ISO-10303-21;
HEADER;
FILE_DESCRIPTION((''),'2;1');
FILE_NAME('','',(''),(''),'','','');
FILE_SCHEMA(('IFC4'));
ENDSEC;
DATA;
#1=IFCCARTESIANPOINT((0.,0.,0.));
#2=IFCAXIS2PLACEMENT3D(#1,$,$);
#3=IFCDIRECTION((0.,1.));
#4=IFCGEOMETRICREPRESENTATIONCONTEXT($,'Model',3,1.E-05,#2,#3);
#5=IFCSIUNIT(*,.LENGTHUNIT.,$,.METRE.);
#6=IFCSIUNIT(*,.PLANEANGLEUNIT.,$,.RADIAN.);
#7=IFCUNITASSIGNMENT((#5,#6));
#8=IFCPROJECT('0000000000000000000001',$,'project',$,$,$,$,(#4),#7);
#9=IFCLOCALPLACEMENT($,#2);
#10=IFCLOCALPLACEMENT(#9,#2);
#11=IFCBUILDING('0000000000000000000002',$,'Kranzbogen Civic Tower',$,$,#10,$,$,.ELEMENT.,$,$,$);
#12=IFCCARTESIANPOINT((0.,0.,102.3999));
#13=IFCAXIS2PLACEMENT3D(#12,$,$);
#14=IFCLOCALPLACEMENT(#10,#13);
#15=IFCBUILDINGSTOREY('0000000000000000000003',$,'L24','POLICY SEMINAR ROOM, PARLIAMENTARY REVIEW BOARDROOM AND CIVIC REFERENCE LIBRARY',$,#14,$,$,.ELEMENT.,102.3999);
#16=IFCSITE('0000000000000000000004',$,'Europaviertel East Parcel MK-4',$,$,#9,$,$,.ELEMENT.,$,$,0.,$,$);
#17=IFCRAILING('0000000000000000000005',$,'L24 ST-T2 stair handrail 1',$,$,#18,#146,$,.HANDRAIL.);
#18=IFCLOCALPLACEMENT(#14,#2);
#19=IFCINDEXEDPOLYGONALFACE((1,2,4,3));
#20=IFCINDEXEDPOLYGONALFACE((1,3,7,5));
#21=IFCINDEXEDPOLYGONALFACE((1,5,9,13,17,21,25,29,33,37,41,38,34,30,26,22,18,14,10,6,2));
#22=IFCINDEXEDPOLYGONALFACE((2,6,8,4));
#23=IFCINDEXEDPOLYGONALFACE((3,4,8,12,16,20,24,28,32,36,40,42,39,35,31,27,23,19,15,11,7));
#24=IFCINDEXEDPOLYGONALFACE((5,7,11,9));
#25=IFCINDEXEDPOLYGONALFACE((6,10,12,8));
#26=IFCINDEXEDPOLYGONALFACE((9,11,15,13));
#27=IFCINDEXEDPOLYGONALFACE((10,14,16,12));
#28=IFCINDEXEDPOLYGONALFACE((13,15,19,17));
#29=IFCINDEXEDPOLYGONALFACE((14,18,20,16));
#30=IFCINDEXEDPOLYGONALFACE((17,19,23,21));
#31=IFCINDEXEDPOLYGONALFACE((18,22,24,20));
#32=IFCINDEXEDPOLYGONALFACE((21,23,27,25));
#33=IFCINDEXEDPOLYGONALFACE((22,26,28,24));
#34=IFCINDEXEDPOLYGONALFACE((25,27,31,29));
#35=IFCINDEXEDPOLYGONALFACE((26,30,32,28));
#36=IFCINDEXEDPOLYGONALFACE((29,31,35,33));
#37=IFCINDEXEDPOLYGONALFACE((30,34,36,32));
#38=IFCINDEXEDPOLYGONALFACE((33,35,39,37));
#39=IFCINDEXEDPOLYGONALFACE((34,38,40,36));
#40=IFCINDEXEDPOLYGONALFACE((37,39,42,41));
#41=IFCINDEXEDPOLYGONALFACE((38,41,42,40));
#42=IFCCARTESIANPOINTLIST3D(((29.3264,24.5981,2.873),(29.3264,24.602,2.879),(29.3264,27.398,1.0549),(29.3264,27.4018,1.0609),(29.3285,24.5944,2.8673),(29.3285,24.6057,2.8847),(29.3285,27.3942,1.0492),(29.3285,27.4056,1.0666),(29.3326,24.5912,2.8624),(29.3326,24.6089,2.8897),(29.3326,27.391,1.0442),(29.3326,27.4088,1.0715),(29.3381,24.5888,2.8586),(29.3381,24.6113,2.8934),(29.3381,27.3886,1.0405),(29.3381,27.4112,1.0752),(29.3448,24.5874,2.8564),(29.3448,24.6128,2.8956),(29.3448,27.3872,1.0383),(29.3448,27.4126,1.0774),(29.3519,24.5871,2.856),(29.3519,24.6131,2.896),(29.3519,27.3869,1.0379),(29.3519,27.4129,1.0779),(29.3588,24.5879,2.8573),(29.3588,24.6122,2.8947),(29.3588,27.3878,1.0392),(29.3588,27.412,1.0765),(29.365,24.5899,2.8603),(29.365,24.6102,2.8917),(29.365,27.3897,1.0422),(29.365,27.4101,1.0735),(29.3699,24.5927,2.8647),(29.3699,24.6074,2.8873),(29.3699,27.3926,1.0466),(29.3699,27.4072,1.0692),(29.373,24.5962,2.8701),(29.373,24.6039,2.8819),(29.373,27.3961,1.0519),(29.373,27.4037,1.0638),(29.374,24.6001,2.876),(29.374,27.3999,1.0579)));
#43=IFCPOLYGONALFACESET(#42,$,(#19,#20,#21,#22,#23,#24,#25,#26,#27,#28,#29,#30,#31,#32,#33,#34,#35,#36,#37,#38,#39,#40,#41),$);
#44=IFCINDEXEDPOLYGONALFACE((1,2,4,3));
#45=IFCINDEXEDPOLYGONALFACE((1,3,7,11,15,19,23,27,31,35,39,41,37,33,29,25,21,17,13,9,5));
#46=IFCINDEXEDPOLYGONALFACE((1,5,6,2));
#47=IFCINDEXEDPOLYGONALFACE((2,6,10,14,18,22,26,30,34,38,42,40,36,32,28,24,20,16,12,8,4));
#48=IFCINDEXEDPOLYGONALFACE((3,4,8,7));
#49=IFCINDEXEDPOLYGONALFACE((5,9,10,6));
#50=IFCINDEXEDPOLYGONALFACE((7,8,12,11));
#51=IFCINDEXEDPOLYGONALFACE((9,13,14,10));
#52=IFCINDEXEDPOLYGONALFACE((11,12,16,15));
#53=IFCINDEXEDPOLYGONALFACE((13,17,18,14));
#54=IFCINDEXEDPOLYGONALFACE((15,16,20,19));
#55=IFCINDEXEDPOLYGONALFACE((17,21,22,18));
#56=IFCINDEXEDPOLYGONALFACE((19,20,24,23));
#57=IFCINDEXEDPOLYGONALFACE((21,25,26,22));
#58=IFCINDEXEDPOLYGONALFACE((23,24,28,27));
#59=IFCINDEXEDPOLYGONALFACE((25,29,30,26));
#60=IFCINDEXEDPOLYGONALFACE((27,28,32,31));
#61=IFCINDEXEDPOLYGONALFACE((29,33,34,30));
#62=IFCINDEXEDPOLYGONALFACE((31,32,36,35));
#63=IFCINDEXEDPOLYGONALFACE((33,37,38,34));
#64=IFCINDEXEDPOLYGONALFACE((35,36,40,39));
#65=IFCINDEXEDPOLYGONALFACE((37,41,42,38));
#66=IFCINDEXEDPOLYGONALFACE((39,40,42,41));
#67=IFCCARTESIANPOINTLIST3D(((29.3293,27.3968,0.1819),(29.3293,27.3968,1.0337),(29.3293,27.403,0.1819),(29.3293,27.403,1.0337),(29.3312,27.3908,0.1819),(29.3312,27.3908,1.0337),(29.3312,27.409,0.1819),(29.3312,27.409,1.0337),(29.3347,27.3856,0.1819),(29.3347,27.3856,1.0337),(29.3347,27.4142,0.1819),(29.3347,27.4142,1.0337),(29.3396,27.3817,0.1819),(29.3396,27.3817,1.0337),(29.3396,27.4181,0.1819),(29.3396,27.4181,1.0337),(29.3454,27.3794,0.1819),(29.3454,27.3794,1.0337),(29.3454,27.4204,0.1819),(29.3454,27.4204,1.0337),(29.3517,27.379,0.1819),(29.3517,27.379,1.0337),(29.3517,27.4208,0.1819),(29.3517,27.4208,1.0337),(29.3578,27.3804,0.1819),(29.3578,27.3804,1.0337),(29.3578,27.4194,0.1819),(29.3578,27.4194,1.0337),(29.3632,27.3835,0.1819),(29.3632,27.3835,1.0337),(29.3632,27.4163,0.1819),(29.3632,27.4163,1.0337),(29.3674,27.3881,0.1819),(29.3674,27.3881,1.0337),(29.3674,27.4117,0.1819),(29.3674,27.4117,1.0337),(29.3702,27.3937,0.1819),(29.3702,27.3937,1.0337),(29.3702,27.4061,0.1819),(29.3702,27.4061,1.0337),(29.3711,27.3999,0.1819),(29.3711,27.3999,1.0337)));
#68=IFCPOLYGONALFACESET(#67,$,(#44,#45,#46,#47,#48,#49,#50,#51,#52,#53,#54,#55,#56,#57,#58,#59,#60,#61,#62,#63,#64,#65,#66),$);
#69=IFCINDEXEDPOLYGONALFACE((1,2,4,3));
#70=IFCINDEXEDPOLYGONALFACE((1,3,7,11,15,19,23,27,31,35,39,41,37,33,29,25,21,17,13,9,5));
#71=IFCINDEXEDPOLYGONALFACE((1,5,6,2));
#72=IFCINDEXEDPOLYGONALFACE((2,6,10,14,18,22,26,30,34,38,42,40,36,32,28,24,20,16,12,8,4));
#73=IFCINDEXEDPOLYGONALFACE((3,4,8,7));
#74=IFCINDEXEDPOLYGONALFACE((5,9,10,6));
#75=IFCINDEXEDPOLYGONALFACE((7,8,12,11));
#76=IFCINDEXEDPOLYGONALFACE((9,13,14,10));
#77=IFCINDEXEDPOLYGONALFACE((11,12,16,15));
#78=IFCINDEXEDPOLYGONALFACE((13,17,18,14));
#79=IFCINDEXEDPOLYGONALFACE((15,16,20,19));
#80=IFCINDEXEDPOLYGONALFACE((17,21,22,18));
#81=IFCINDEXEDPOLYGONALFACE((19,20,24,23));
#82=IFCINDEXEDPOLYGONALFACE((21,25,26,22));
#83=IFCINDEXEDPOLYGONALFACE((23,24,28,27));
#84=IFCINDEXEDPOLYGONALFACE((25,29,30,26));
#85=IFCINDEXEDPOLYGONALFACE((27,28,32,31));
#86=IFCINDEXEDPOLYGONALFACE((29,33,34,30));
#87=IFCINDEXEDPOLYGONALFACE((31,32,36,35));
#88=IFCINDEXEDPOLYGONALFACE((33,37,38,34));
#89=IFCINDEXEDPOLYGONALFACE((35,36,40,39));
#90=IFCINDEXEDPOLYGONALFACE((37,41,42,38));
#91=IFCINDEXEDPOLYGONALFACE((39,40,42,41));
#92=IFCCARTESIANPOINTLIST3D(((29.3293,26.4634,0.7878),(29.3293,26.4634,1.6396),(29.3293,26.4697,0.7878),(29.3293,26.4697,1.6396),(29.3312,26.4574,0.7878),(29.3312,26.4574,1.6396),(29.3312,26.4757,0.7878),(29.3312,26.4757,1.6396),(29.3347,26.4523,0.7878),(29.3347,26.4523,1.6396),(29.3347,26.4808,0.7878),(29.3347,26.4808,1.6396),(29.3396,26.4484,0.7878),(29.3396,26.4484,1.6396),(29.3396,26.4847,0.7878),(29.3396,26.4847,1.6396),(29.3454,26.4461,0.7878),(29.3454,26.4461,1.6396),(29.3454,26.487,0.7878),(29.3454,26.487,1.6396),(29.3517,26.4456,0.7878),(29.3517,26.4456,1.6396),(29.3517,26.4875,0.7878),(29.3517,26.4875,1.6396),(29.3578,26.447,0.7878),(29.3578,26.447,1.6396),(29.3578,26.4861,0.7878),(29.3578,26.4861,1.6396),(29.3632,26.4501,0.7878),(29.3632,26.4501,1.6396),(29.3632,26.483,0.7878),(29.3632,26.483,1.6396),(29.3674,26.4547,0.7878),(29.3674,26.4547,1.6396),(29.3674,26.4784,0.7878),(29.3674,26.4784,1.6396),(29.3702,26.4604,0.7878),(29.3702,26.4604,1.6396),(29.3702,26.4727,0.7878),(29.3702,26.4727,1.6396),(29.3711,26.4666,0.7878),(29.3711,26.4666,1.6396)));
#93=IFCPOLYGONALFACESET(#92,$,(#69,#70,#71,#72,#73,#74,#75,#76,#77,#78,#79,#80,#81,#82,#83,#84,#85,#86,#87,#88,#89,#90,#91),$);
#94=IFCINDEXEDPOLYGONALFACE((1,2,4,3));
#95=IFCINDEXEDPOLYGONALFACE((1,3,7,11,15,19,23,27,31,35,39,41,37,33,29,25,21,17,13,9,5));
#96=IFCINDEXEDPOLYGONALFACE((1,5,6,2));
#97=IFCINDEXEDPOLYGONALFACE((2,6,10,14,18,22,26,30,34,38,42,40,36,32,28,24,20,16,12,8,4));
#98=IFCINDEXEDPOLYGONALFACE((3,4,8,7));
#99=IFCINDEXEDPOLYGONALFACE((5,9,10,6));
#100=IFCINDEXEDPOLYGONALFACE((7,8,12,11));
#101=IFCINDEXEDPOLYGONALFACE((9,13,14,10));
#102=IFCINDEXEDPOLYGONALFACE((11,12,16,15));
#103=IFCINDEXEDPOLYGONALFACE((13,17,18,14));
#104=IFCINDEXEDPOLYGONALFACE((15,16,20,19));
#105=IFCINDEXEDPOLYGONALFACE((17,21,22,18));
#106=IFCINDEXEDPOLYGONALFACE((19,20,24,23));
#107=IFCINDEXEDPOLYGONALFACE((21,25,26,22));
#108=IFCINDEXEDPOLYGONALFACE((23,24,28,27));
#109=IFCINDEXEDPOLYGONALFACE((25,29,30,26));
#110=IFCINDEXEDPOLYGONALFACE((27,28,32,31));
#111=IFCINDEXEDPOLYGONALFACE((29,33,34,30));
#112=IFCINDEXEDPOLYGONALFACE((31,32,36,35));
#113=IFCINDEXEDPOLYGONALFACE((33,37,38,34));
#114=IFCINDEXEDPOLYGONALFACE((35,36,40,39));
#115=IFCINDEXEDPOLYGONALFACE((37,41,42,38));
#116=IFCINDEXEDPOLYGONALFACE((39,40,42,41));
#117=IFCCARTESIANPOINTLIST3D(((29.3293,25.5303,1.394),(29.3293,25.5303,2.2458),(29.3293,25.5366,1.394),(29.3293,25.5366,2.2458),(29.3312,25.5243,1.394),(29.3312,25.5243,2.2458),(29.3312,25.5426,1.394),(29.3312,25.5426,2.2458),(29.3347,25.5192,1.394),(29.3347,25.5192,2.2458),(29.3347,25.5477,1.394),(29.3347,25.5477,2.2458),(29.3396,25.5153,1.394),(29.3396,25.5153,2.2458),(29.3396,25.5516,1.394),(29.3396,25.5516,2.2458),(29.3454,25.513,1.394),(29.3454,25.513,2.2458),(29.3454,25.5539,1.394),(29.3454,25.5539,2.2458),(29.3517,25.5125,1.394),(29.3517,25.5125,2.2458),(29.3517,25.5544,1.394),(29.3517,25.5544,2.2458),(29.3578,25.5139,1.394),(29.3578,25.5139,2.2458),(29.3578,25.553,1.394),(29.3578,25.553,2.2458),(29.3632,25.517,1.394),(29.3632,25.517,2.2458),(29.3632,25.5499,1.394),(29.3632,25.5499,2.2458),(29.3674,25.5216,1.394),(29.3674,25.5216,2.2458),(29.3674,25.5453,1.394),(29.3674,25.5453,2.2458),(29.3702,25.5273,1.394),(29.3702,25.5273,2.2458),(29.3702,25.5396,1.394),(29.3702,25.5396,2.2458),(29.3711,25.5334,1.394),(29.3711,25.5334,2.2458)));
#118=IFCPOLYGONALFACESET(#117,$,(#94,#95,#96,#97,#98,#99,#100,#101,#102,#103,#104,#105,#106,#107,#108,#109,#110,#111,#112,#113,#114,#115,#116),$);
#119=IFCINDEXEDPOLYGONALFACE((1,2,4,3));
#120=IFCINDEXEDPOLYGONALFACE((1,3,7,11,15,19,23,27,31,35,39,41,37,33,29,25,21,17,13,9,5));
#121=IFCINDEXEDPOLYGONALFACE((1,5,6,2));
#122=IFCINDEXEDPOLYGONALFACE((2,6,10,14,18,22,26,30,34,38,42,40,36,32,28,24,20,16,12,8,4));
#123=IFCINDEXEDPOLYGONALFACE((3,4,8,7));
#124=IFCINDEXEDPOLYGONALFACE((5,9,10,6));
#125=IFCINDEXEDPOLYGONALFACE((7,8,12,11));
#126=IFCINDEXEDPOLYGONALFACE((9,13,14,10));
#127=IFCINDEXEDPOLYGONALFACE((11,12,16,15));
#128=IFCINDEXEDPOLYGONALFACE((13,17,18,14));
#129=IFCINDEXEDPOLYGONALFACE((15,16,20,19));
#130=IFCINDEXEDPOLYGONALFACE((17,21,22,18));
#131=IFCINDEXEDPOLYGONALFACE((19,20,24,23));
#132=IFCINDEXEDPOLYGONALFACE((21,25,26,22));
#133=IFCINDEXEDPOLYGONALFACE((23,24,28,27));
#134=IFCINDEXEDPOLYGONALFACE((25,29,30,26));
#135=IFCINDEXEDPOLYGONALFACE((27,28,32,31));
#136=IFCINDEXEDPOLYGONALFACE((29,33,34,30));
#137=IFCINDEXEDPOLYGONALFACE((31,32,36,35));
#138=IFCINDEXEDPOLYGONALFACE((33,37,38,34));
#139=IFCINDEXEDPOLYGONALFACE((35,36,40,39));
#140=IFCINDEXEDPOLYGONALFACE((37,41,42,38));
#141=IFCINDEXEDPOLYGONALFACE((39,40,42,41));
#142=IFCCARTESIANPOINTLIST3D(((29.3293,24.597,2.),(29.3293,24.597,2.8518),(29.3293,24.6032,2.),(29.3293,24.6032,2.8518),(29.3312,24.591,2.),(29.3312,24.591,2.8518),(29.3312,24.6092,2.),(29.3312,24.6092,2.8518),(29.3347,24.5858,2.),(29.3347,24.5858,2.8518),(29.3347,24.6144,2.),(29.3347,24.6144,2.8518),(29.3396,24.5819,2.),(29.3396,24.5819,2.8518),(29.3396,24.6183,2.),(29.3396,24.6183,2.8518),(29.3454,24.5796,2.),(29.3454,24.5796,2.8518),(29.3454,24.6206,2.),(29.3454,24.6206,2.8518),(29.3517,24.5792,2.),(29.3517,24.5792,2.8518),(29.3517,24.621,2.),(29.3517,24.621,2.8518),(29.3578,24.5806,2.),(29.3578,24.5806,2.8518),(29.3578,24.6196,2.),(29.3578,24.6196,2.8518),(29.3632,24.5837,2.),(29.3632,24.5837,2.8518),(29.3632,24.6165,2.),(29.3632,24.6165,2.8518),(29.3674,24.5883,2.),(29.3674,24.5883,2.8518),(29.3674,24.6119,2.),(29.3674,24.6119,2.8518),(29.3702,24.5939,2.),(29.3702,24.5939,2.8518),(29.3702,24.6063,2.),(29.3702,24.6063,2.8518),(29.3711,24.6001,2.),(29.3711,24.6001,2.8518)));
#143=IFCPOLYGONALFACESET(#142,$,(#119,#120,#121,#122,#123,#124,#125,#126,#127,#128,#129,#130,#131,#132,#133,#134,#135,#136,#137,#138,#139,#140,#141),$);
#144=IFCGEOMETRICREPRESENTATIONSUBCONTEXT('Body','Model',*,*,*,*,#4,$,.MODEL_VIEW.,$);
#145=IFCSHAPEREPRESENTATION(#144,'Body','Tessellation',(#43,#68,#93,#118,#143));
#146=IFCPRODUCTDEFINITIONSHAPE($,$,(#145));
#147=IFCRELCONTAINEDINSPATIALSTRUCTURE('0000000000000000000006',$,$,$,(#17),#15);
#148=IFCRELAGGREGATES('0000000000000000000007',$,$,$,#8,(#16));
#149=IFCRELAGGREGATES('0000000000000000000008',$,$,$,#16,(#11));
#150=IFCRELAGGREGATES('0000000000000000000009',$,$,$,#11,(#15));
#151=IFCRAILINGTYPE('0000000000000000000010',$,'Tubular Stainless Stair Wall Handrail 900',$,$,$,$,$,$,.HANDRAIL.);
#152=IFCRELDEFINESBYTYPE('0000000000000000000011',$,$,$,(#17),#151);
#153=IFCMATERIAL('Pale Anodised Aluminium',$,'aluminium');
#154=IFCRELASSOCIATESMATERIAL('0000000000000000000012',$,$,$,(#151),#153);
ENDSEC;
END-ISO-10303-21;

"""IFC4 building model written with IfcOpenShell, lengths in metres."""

from ifc_helpers import new_model, si_unit, direction, frame, origin, origin_2d, place, context, subcontext, project, spatial, circle, extrude, material, type_object, element, save


model = new_model("IFC4")

# Units and contexts
model_context = context("Model", 3, precision=1e-05, world=origin(), true_north=direction((0.0, 1.0)))
body_context = subcontext(model_context, "Body", "Model", "MODEL_VIEW")
ifc_project = project(units=[si_unit("LENGTHUNIT", "METRE"), si_unit("PLANEANGLEUNIT", "RADIAN")], contexts=[model_context])

# Site, building, storey
site_placement = place(None, origin())
site = spatial("IfcSite", under=ifc_project, at=site_placement, Name="Europaviertel East Parcel MK-4", CompositionType="ELEMENT", RefElevation=0.0)
building_placement = place(site_placement, origin())
building = spatial("IfcBuilding", under=site, at=building_placement, Name="Kranzbogen Civic Tower", CompositionType="ELEMENT")
storey_placement = place(building_placement, frame((0.0, 0.0, 102.3999)))
storey = spatial("IfcBuildingStorey", under=building, at=storey_placement, Name="L24", Description="POLICY SEMINAR ROOM, PARLIAMENTARY REVIEW BOARDROOM AND CIVIC REFERENCE LIBRARY", CompositionType="ELEMENT", Elevation=102.3999)

# Shared definitions
ifc_material_1 = material(Name="Pale Anodised Aluminium", Category="aluminium")

# Railing
railing_type_1 = type_object("IfcRailingType", Name="Tubular Stainless Stair Wall Handrail 900", PredefinedType="HANDRAIL", material=ifc_material_1)
railing_1_placement = place(storey_placement, frame((29.3501, 27.3999, 0.1819)))
element("IfcRailing", 1, at=railing_1_placement, inside=storey, type_object=railing_type_1, Name="L24 ST-T2 stair handrail 1", PredefinedType="HANDRAIL", context=body_context, shape_type="SweptSolid", body=[
    extrude(circle(Radius=0.0239, at=origin_2d()), frame((0.0, 0.0, 0.876), z_axis=(0.0, -0.838684, 0.544618), x_axis=(1.0, 0.0, 0.0)), (0.0, 0.0, 1.0), 3.3384),
    extrude(circle(Radius=0.021, at=origin_2d()), origin(), (0.0, 0.0, 1.0), 0.8518),
    extrude(circle(Radius=0.021, at=origin_2d()), frame((0.0, -0.9333, 0.606)), (0.0, 0.0, 1.0), 0.8518),
    extrude(circle(Radius=0.021, at=origin_2d()), frame((0.0, -1.8665, 1.2122)), (0.0, 0.0, 1.0), 0.8518),
    extrude(circle(Radius=0.021, at=origin_2d()), frame((0.0, -2.7998, 1.8181)), (0.0, 0.0, 1.0), 0.8518),
])

save(model, "model.ifc")
